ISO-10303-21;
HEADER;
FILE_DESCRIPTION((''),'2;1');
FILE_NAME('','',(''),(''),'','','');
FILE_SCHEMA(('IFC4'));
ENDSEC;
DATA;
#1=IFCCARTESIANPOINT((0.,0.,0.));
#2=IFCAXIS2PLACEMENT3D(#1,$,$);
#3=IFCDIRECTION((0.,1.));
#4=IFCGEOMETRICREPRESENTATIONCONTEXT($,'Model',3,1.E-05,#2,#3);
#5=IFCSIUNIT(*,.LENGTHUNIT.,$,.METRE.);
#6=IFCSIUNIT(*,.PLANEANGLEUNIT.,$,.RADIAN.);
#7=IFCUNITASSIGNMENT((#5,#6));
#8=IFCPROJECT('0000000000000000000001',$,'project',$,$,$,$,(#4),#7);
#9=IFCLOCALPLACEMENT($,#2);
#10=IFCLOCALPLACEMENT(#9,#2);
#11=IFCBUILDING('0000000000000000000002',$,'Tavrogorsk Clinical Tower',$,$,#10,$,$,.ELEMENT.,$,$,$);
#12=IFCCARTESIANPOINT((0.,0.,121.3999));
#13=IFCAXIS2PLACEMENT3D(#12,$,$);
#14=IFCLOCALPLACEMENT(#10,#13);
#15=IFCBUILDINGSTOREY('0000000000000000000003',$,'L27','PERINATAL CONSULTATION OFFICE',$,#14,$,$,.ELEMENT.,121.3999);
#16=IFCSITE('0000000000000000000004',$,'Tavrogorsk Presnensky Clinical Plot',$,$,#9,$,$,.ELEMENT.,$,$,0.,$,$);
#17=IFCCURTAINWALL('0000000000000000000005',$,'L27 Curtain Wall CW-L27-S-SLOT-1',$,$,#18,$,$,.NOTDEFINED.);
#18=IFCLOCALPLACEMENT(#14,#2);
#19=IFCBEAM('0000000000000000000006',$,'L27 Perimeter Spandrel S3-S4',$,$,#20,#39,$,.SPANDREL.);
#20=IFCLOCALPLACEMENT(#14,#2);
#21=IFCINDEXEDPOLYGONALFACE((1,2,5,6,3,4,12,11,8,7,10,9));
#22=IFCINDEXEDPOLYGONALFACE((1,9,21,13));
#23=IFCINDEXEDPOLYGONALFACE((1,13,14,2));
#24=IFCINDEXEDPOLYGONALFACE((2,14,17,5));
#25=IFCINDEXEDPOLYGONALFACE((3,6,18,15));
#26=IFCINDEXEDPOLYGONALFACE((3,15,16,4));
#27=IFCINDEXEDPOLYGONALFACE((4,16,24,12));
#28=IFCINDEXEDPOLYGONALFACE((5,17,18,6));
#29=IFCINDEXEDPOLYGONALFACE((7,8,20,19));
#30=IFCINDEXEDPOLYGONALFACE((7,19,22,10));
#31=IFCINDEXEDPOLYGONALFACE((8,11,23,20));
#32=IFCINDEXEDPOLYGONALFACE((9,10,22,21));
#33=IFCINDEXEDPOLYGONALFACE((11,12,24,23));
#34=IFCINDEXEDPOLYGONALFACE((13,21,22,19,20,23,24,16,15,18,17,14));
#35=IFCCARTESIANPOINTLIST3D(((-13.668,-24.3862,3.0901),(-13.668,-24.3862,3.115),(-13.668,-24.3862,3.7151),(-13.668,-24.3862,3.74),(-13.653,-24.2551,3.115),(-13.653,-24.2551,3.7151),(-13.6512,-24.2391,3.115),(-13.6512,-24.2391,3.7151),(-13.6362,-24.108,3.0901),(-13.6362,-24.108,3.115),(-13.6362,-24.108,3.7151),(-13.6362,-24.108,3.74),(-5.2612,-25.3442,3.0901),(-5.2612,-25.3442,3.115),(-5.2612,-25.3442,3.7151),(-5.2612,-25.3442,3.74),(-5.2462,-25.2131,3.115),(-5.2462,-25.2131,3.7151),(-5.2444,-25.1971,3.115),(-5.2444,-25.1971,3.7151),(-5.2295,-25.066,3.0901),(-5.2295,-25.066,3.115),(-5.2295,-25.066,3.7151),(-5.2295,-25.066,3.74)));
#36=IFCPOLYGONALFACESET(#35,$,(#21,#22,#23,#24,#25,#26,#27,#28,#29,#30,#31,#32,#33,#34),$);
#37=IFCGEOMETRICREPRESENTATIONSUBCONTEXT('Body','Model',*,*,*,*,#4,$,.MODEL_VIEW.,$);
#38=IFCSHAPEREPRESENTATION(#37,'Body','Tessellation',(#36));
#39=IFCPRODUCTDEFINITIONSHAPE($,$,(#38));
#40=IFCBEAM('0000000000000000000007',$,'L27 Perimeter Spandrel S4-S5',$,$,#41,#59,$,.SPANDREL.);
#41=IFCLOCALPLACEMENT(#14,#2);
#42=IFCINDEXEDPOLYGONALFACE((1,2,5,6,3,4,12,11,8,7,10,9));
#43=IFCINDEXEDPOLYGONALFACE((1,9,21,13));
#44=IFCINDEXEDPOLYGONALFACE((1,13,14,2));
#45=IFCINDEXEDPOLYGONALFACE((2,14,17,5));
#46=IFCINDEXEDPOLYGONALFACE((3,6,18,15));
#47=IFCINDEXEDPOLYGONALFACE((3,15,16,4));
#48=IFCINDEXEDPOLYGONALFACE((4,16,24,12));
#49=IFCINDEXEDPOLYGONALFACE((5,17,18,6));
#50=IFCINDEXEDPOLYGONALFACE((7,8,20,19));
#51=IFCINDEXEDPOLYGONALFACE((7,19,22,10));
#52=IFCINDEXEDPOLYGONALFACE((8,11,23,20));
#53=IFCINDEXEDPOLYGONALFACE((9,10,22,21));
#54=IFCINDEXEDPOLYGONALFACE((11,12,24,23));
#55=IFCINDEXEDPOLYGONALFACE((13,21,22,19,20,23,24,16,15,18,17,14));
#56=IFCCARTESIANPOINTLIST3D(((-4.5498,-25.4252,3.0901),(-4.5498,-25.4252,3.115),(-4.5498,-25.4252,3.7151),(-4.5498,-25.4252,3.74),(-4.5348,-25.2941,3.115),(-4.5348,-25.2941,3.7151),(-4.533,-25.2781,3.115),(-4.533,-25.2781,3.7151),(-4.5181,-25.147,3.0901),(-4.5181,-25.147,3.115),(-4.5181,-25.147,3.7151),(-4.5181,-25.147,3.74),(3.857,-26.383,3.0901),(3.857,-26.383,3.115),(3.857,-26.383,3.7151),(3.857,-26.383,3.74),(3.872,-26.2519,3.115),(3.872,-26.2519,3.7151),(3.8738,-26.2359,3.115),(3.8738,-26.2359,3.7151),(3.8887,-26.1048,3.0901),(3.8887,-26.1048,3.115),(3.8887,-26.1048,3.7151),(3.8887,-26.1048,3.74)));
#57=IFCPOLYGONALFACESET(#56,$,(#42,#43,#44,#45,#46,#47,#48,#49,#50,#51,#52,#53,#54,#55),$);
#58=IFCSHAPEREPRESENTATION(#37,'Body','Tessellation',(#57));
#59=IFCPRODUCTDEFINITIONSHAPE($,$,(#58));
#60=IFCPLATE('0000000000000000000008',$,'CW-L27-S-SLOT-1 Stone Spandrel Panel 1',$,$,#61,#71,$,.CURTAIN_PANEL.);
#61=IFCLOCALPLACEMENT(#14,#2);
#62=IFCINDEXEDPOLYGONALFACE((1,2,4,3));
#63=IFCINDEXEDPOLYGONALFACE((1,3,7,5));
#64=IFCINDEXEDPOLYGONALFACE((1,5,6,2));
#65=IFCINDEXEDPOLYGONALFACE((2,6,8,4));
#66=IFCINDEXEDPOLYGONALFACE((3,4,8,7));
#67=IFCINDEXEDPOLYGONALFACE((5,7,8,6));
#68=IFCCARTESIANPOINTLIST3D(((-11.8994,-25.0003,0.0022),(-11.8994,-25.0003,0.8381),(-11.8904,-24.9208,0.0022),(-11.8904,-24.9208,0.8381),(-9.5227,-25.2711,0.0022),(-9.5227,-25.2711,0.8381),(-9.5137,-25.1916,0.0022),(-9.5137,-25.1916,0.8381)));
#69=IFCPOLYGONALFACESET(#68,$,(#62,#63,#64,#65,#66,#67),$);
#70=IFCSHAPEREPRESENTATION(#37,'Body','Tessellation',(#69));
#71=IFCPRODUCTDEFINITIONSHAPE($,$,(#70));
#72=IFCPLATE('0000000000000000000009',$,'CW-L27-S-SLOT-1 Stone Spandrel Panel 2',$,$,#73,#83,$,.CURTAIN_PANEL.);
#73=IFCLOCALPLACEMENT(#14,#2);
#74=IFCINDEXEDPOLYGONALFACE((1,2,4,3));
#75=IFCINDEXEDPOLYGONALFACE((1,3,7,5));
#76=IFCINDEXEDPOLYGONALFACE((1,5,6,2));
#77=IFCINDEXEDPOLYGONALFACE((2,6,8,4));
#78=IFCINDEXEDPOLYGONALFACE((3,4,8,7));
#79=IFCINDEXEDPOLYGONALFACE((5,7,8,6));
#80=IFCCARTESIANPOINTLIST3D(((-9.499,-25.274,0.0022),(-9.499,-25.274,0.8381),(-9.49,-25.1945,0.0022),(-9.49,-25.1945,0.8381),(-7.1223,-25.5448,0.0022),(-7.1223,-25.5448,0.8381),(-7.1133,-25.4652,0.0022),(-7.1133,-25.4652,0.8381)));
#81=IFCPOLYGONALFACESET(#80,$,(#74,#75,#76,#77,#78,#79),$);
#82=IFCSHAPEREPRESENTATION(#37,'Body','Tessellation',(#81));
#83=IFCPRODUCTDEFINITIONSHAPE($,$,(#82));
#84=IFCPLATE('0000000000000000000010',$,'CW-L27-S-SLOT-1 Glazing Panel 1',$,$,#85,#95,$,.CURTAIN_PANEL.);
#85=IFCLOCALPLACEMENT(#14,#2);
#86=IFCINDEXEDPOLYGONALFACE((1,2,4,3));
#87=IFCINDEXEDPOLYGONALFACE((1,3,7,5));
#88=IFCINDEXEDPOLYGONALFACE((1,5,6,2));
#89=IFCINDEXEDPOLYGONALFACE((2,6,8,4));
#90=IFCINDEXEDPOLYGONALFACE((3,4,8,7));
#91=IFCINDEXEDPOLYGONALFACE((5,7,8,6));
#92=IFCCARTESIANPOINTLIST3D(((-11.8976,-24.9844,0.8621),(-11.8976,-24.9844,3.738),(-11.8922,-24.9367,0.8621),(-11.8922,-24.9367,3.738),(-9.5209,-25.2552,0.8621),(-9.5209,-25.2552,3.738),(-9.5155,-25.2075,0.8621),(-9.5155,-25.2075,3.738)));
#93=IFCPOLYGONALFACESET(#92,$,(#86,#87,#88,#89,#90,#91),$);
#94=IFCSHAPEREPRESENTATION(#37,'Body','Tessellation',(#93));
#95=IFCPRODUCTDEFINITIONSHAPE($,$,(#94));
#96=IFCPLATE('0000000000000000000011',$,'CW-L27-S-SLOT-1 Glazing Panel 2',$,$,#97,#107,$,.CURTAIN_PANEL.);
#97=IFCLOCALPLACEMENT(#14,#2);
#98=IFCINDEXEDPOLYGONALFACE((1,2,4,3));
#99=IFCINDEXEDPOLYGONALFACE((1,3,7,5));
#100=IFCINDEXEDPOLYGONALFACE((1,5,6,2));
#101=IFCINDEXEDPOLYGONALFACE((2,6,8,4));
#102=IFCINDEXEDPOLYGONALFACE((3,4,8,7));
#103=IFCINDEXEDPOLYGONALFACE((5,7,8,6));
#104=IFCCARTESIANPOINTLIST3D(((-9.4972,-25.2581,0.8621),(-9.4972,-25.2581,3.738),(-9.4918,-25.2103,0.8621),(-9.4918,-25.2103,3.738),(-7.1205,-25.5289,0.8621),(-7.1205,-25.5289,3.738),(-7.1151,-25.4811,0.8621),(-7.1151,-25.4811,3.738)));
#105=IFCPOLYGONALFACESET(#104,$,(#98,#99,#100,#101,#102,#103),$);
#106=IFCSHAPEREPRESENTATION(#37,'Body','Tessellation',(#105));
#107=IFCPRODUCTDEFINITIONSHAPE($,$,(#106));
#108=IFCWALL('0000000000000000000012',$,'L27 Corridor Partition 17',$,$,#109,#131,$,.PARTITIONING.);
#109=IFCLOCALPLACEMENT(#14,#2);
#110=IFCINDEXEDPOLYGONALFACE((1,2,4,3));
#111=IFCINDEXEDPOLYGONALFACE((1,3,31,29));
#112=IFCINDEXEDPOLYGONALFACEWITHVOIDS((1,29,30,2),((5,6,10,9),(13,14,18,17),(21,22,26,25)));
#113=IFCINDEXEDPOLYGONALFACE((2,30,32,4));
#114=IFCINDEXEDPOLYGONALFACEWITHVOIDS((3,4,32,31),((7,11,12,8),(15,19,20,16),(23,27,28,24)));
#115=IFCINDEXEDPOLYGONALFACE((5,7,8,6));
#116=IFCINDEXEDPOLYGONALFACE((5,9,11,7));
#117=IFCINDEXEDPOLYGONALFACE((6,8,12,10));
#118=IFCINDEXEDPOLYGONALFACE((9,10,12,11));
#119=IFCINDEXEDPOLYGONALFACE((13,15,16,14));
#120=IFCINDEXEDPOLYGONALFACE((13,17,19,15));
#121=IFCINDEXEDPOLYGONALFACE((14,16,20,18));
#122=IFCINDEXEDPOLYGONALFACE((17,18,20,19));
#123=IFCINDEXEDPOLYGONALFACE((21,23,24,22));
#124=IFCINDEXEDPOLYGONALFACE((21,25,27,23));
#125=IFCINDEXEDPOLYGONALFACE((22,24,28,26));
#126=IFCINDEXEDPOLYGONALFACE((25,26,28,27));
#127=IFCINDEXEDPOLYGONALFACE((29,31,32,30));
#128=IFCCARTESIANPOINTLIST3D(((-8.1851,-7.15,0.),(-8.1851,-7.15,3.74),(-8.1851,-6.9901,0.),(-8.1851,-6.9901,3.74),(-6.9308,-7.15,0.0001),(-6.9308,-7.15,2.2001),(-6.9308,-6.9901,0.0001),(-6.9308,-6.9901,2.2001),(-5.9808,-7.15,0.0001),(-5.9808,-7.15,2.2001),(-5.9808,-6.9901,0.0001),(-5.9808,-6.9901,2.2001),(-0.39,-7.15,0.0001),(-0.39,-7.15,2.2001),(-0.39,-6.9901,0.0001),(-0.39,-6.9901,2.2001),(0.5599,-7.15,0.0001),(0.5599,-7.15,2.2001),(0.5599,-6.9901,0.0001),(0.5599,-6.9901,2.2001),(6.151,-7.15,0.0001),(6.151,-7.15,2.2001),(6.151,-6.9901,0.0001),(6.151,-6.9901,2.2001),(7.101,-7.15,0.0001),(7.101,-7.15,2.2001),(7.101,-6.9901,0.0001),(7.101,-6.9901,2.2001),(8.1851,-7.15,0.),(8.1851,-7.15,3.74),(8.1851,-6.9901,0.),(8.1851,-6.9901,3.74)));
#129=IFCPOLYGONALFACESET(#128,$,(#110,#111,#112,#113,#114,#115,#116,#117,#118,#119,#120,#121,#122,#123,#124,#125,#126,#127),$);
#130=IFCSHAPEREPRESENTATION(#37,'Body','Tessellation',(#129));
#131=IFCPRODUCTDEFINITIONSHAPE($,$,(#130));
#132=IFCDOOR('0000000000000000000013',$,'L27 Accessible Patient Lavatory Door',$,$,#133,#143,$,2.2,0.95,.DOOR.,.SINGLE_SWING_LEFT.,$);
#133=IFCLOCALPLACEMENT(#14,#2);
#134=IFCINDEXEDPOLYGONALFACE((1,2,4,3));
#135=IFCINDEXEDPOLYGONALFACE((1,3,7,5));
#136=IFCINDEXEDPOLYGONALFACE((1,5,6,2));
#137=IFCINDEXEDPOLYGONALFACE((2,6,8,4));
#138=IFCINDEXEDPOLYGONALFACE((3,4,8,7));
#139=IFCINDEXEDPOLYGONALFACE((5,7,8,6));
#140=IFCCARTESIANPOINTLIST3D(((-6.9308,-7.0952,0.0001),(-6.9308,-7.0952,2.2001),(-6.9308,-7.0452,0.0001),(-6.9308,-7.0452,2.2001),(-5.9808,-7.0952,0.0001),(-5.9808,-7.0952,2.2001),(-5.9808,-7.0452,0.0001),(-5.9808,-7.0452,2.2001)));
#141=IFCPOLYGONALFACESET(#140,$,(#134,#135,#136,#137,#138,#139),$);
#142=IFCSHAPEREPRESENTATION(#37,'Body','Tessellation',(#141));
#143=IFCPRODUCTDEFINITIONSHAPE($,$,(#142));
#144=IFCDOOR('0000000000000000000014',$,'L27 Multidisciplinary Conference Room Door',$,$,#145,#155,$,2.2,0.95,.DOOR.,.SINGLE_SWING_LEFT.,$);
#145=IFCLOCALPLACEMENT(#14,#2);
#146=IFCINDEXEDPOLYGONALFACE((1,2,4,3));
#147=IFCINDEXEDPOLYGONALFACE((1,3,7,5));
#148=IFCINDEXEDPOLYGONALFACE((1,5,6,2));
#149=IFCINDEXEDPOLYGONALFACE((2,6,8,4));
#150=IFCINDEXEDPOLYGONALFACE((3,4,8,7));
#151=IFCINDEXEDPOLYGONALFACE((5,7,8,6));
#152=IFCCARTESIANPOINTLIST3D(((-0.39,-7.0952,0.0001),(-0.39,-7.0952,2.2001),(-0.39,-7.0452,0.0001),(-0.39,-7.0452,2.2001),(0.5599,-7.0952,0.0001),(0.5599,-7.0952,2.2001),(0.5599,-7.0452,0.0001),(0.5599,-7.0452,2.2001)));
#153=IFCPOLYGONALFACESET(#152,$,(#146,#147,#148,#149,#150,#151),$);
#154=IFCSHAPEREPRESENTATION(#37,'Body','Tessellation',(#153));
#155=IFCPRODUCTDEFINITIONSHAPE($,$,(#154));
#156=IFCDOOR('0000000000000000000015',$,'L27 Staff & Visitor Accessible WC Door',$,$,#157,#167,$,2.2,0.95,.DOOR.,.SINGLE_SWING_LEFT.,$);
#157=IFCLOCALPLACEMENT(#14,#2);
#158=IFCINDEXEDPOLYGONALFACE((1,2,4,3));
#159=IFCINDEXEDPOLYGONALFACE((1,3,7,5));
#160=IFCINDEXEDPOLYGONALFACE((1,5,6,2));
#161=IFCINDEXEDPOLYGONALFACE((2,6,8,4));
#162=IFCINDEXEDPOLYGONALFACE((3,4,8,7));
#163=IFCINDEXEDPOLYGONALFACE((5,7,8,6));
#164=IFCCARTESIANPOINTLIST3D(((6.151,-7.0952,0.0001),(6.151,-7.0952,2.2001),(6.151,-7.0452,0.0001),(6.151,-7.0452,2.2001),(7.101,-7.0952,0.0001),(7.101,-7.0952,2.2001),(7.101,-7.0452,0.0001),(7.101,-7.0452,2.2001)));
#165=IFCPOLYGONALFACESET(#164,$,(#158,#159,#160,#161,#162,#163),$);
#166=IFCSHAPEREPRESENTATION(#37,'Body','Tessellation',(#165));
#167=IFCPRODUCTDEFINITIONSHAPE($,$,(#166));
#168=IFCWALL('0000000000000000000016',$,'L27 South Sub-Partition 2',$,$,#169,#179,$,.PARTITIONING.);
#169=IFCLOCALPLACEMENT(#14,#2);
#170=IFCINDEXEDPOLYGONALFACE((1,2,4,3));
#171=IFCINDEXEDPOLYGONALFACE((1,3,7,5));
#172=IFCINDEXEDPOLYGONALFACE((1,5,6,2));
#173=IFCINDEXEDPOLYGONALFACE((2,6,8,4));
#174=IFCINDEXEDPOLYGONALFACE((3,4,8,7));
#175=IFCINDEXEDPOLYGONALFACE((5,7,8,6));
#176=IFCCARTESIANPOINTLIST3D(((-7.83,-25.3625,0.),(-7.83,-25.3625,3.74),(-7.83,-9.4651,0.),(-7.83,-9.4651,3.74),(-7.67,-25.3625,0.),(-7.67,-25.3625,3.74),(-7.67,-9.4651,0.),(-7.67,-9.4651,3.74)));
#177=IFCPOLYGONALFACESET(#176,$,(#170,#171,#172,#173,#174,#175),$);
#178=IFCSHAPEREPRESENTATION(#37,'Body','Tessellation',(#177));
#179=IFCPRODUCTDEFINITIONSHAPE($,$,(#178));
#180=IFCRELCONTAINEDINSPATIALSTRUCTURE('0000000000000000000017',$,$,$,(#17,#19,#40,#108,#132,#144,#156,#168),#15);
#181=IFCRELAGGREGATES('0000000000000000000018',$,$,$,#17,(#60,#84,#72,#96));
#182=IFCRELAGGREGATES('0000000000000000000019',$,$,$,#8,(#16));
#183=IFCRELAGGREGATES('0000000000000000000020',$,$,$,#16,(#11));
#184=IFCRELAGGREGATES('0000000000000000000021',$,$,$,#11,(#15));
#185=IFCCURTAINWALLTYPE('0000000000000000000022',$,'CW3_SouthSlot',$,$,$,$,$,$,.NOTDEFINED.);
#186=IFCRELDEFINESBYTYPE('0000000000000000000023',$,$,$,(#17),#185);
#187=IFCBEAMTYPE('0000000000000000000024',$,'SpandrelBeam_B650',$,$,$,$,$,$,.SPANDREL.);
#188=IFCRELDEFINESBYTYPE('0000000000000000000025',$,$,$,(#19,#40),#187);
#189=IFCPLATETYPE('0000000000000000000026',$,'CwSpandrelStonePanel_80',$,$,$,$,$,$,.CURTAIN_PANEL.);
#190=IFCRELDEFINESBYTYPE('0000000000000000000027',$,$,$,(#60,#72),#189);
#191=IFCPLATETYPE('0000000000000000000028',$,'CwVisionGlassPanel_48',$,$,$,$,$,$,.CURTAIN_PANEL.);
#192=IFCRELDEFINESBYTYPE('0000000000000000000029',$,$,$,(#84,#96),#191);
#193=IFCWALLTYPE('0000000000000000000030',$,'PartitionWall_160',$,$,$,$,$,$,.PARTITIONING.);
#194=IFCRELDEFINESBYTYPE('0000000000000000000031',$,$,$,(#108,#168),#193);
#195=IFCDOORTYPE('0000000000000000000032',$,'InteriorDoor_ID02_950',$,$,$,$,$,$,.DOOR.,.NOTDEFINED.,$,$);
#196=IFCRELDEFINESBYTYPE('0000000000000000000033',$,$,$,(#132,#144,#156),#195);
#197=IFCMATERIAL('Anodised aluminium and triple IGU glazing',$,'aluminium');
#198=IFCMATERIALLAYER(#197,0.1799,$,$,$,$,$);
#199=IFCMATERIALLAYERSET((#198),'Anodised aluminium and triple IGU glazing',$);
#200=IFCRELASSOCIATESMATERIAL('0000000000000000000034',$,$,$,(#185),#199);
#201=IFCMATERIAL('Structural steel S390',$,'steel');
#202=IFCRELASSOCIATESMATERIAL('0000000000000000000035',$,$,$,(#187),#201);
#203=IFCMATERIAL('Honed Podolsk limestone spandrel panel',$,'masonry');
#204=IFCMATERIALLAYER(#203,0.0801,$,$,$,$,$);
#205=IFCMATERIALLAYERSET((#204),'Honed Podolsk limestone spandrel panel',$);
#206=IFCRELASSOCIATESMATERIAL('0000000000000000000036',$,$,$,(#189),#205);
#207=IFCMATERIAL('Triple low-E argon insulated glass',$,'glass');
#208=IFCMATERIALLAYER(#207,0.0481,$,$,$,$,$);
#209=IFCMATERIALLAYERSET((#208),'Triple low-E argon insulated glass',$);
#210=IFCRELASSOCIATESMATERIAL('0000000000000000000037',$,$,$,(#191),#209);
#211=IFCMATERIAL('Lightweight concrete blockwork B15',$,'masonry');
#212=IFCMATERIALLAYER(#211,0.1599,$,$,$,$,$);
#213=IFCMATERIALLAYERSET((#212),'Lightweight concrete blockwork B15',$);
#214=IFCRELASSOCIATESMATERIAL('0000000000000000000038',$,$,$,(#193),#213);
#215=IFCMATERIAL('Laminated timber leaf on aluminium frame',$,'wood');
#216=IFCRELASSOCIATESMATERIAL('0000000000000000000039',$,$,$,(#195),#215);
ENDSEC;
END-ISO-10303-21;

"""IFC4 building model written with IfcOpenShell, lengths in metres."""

from ifc_helpers import new_model, si_unit, direction, frame, frame_2d, origin, origin_2d, place, context, subcontext, project, spatial, rectangle, i_section, extrude, material, layer, layer_set, material_profile, profile_set, type_object, element, fill, aggregate, save


model = new_model("IFC4")

# Units and contexts
model_context = context("Model", 3, precision=1e-05, world=origin(), true_north=direction((0.0, 1.0)))
body_context = subcontext(model_context, "Body", "Model", "MODEL_VIEW")
ifc_project = project(units=[si_unit("LENGTHUNIT", "METRE"), si_unit("PLANEANGLEUNIT", "RADIAN")], contexts=[model_context])

# Site, building, storey
site_placement = place(None, origin())
site = spatial("IfcSite", under=ifc_project, at=site_placement, Name="Tavrogorsk Presnensky Clinical Plot", CompositionType="ELEMENT", RefElevation=0.0)
building_placement = place(site_placement, origin())
building = spatial("IfcBuilding", under=site, at=building_placement, Name="Tavrogorsk Clinical Tower", CompositionType="ELEMENT")
storey_placement = place(building_placement, frame((0.0, 0.0, 121.3999)))
storey = spatial("IfcBuildingStorey", under=building, at=storey_placement, Name="L27", Description="PERINATAL CONSULTATION OFFICE", CompositionType="ELEMENT", Elevation=121.3999)

# Curtain wall
ifc_material_1 = material(Name="Anodised aluminium and triple IGU glazing", Category="aluminium")
ifc_layer_1 = layer(ifc_material_1, 0.1799)
ifc_layer_set_1 = layer_set([ifc_layer_1], Name="Anodised aluminium and triple IGU glazing")
curtain_wall_type = type_object("IfcCurtainWallType", Name="CW3_SouthSlot", PredefinedType="NOTDEFINED", material=ifc_layer_set_1)
curtain_wall_placement = place(storey_placement, origin())
curtain_wall = element("IfcCurtainWall", 1, at=curtain_wall_placement, inside=storey, type_object=curtain_wall_type, Name="L27 Curtain Wall CW-L27-S-SLOT-1", PredefinedType="NOTDEFINED")

# Beams
ifc_material_2 = material(Name="Structural steel S390", Category="steel")
ifc_material_profile_1 = material_profile(ifc_material_2, i_section(OverallWidth=0.28, OverallDepth=0.6499, WebThickness=0.0161, FlangeThickness=0.0249, at=origin_2d()), Name="B-650x280x16x25")
ifc_profile_set_1 = profile_set([ifc_material_profile_1], Name="Structural steel S390")
beam_type = type_object("IfcBeamType", Name="SpandrelBeam_B650", PredefinedType="SPANDREL", material=ifc_profile_set_1)
for number, where, z_axis, x_axis, name in (
    (2, (-13.6521, -24.2471, 3.415), (0.993569, -0.113224, 0.0), (0.113224, 0.993569, 0.0), "L27 Perimeter Spandrel S3-S4"),
    (3, (-4.5339, -25.2861, 3.415), (0.993573, -0.113196, 0.0), (0.113196, 0.993573, 0.0), "L27 Perimeter Spandrel S4-S5"),
):
    element("IfcBeam", number, at=place(storey_placement, frame(where, z_axis=z_axis, x_axis=x_axis)), inside=storey, type_object=beam_type, Name=name, PredefinedType="SPANDREL", context=body_context, shape_type="SweptSolid", body=[
        extrude(i_section(OverallWidth=0.28, OverallDepth=0.6499, WebThickness=0.0161, FlangeThickness=0.0249, at=origin_2d()), origin(), (0.0, 0.0, 1.0), 8.4612),
    ])

# Plates
ifc_material_3 = material(Name="Honed Podolsk limestone spandrel panel", Category="masonry")
ifc_layer_2 = layer(ifc_material_3, 0.0801)
ifc_layer_set_2 = layer_set([ifc_layer_2], Name="Honed Podolsk limestone spandrel panel")
plate_type_1 = type_object("IfcPlateType", Name="CwSpandrelStonePanel_80", PredefinedType="CURTAIN_PANEL", material=ifc_layer_set_2)
plate_1_placement = place(storey_placement, frame((-10.7065, -25.0959, 0.0022), z_axis=(0.0, 0.0, 1.0), x_axis=(0.993572, -0.113203, 0.0)))
plate_1 = element("IfcPlate", 4, at=plate_1_placement, type_object=plate_type_1, Name="CW-L27-S-SLOT-1 Stone Spandrel Panel 1", PredefinedType="CURTAIN_PANEL", context=body_context, shape_type="SweptSolid", body=[
    extrude(rectangle(XDim=2.3921, YDim=0.0801, at=origin_2d()), origin(), (0.0, 0.0, 1.0), 0.8359),
])
plate_2_placement = place(storey_placement, frame((-8.3062, -25.3696, 0.0022), z_axis=(0.0, 0.0, 1.0), x_axis=(0.993572, -0.113203, 0.0)))
plate_2 = element("IfcPlate", 5, at=plate_2_placement, type_object=plate_type_1, Name="CW-L27-S-SLOT-1 Stone Spandrel Panel 2", PredefinedType="CURTAIN_PANEL", context=body_context, shape_type="SweptSolid", body=[
    extrude(rectangle(XDim=2.3921, YDim=0.0801, at=origin_2d()), origin(), (0.0, 0.0, 1.0), 0.8359),
])
ifc_material_4 = material(Name="Triple low-E argon insulated glass", Category="glass")
ifc_layer_3 = layer(ifc_material_4, 0.0481)
ifc_layer_set_3 = layer_set([ifc_layer_3], Name="Triple low-E argon insulated glass")
plate_type_2 = type_object("IfcPlateType", Name="CwVisionGlassPanel_48", PredefinedType="CURTAIN_PANEL", material=ifc_layer_set_3)
plate_3_placement = place(storey_placement, frame((-10.7065, -25.0959, 0.8621), z_axis=(0.0, 0.0, 1.0), x_axis=(0.993572, -0.113203, 0.0)))
plate_3 = element("IfcPlate", 6, at=plate_3_placement, type_object=plate_type_2, Name="CW-L27-S-SLOT-1 Glazing Panel 1", PredefinedType="CURTAIN_PANEL", context=body_context, shape_type="SweptSolid", body=[
    extrude(rectangle(XDim=2.3921, YDim=0.0481, at=origin_2d()), origin(), (0.0, 0.0, 1.0), 2.876),
])
plate_4_placement = place(storey_placement, frame((-8.3062, -25.3696, 0.8621), z_axis=(0.0, 0.0, 1.0), x_axis=(0.993572, -0.113203, 0.0)))
plate_4 = element("IfcPlate", 7, at=plate_4_placement, type_object=plate_type_2, Name="CW-L27-S-SLOT-1 Glazing Panel 2", PredefinedType="CURTAIN_PANEL", context=body_context, shape_type="SweptSolid", body=[
    extrude(rectangle(XDim=2.3921, YDim=0.0481, at=origin_2d()), origin(), (0.0, 0.0, 1.0), 2.876),
])
aggregate(curtain_wall, [plate_1, plate_3, plate_2, plate_4])

# Wall, openings, doors
ifc_material_5 = material(Name="Lightweight concrete blockwork B15", Category="masonry")
ifc_layer_4 = layer(ifc_material_5, 0.1599)
ifc_layer_set_4 = layer_set([ifc_layer_4], Name="Lightweight concrete blockwork B15")
wall_type_1 = type_object("IfcWallType", Name="PartitionWall_160", PredefinedType="PARTITIONING", material=ifc_layer_set_4)
wall_1_placement = place(storey_placement, frame((-8.1851, -7.0701, 0.0), z_axis=(0.0, 0.0, 1.0), x_axis=(1.0, 0.0, 0.0)))
wall_1 = element("IfcWall", 8, at=wall_1_placement, inside=storey, type_object=wall_type_1, Name="L27 Corridor Partition 17", PredefinedType="PARTITIONING", context=body_context, shape_type="SweptSolid", body=[
    extrude(rectangle(XDim=16.3701, YDim=0.1599, at=frame_2d((8.1851, 0.0))), origin(), (0.0, 0.0, 1.0), 3.74),
])
opening_1_placement = place(wall_1_placement, frame((1.2542, 0.0, 0.0)))
opening_1 = element("IfcOpeningElement", 9, at=opening_1_placement, cuts=wall_1, PredefinedType="OPENING", context=body_context, shape_type="SweptSolid", body=[
    extrude(rectangle(XDim=0.95, YDim=2.2, at=frame_2d((0.4751, 1.1001))), frame((0.0, 0.0898, 0.0), z_axis=(0.0, -1.0, 0.0), x_axis=(1.0, 0.0, 0.0)), (0.0, 0.0, 1.0), 0.1799),
])
opening_2_placement = place(wall_1_placement, frame((7.7949, 0.0, 0.0)))
opening_2 = element("IfcOpeningElement", 10, at=opening_2_placement, cuts=wall_1, PredefinedType="OPENING", context=body_context, shape_type="SweptSolid", body=[
    extrude(rectangle(XDim=0.95, YDim=2.2, at=frame_2d((0.4751, 1.1001))), frame((0.0, 0.0898, 0.0), z_axis=(0.0, -1.0, 0.0), x_axis=(1.0, 0.0, 0.0)), (0.0, 0.0, 1.0), 0.1799),
])
opening_3_placement = place(wall_1_placement, frame((14.3359, 0.0, 0.0)))
opening_3 = element("IfcOpeningElement", 11, at=opening_3_placement, cuts=wall_1, PredefinedType="OPENING", context=body_context, shape_type="SweptSolid", body=[
    extrude(rectangle(XDim=0.95, YDim=2.2, at=frame_2d((0.4751, 1.1001))), frame((0.0, 0.0898, 0.0), z_axis=(0.0, -1.0, 0.0), x_axis=(1.0, 0.0, 0.0)), (0.0, 0.0, 1.0), 0.1799),
])
ifc_material_6 = material(Name="Laminated timber leaf on aluminium frame", Category="wood")
door_type = type_object("IfcDoorType", Name="InteriorDoor_ID02_950", OperationType="NOTDEFINED", PredefinedType="DOOR", material=ifc_material_6)
door_1_placement = place(opening_1_placement, origin())
door_1 = element("IfcDoor", 12, at=door_1_placement, inside=storey, type_object=door_type, Name="L27 Accessible Patient Lavatory Door", OperationType="SINGLE_SWING_LEFT", OverallHeight=2.2, OverallWidth=0.95, PredefinedType="DOOR", context=body_context, shape_type="SweptSolid", body=[
    extrude(rectangle(XDim=0.95, YDim=2.2, at=frame_2d((0.4751, 1.1001))), frame((0.0, 0.0249, 0.0), z_axis=(0.0, -1.0, 0.0), x_axis=(1.0, 0.0, 0.0)), (0.0, 0.0, 1.0), 0.05),
])
fill(opening_1, door_1)
door_2_placement = place(opening_2_placement, origin())
door_2 = element("IfcDoor", 13, at=door_2_placement, inside=storey, type_object=door_type, Name="L27 Multidisciplinary Conference Room Door", OperationType="SINGLE_SWING_LEFT", OverallHeight=2.2, OverallWidth=0.95, PredefinedType="DOOR", context=body_context, shape_type="SweptSolid", body=[
    extrude(rectangle(XDim=0.95, YDim=2.2, at=frame_2d((0.4751, 1.1001))), frame((0.0, 0.0249, 0.0), z_axis=(0.0, -1.0, 0.0), x_axis=(1.0, 0.0, 0.0)), (0.0, 0.0, 1.0), 0.05),
])
fill(opening_2, door_2)
door_3_placement = place(opening_3_placement, origin())
door_3 = element("IfcDoor", 14, at=door_3_placement, inside=storey, type_object=door_type, Name="L27 Staff & Visitor Accessible WC Door", OperationType="SINGLE_SWING_LEFT", OverallHeight=2.2, OverallWidth=0.95, PredefinedType="DOOR", context=body_context, shape_type="SweptSolid", body=[
    extrude(rectangle(XDim=0.95, YDim=2.2, at=frame_2d((0.4751, 1.1001))), frame((0.0, 0.0249, 0.0), z_axis=(0.0, -1.0, 0.0), x_axis=(1.0, 0.0, 0.0)), (0.0, 0.0, 1.0), 0.05),
])
fill(opening_3, door_3)

# Wall
wall_2_placement = place(storey_placement, frame((-7.75, -25.3625, 0.0), z_axis=(0.0, 0.0, 1.0), x_axis=(0.0, 1.0, 0.0)))
element("IfcWall", 15, at=wall_2_placement, inside=storey, type_object=wall_type_1, Name="L27 South Sub-Partition 2", PredefinedType="PARTITIONING", context=body_context, shape_type="SweptSolid", body=[
    extrude(rectangle(XDim=15.8975, YDim=0.1599, at=frame_2d((7.9487, 0.0))), origin(), (0.0, 0.0, 1.0), 3.74),
])

save(model, "model.ifc")
